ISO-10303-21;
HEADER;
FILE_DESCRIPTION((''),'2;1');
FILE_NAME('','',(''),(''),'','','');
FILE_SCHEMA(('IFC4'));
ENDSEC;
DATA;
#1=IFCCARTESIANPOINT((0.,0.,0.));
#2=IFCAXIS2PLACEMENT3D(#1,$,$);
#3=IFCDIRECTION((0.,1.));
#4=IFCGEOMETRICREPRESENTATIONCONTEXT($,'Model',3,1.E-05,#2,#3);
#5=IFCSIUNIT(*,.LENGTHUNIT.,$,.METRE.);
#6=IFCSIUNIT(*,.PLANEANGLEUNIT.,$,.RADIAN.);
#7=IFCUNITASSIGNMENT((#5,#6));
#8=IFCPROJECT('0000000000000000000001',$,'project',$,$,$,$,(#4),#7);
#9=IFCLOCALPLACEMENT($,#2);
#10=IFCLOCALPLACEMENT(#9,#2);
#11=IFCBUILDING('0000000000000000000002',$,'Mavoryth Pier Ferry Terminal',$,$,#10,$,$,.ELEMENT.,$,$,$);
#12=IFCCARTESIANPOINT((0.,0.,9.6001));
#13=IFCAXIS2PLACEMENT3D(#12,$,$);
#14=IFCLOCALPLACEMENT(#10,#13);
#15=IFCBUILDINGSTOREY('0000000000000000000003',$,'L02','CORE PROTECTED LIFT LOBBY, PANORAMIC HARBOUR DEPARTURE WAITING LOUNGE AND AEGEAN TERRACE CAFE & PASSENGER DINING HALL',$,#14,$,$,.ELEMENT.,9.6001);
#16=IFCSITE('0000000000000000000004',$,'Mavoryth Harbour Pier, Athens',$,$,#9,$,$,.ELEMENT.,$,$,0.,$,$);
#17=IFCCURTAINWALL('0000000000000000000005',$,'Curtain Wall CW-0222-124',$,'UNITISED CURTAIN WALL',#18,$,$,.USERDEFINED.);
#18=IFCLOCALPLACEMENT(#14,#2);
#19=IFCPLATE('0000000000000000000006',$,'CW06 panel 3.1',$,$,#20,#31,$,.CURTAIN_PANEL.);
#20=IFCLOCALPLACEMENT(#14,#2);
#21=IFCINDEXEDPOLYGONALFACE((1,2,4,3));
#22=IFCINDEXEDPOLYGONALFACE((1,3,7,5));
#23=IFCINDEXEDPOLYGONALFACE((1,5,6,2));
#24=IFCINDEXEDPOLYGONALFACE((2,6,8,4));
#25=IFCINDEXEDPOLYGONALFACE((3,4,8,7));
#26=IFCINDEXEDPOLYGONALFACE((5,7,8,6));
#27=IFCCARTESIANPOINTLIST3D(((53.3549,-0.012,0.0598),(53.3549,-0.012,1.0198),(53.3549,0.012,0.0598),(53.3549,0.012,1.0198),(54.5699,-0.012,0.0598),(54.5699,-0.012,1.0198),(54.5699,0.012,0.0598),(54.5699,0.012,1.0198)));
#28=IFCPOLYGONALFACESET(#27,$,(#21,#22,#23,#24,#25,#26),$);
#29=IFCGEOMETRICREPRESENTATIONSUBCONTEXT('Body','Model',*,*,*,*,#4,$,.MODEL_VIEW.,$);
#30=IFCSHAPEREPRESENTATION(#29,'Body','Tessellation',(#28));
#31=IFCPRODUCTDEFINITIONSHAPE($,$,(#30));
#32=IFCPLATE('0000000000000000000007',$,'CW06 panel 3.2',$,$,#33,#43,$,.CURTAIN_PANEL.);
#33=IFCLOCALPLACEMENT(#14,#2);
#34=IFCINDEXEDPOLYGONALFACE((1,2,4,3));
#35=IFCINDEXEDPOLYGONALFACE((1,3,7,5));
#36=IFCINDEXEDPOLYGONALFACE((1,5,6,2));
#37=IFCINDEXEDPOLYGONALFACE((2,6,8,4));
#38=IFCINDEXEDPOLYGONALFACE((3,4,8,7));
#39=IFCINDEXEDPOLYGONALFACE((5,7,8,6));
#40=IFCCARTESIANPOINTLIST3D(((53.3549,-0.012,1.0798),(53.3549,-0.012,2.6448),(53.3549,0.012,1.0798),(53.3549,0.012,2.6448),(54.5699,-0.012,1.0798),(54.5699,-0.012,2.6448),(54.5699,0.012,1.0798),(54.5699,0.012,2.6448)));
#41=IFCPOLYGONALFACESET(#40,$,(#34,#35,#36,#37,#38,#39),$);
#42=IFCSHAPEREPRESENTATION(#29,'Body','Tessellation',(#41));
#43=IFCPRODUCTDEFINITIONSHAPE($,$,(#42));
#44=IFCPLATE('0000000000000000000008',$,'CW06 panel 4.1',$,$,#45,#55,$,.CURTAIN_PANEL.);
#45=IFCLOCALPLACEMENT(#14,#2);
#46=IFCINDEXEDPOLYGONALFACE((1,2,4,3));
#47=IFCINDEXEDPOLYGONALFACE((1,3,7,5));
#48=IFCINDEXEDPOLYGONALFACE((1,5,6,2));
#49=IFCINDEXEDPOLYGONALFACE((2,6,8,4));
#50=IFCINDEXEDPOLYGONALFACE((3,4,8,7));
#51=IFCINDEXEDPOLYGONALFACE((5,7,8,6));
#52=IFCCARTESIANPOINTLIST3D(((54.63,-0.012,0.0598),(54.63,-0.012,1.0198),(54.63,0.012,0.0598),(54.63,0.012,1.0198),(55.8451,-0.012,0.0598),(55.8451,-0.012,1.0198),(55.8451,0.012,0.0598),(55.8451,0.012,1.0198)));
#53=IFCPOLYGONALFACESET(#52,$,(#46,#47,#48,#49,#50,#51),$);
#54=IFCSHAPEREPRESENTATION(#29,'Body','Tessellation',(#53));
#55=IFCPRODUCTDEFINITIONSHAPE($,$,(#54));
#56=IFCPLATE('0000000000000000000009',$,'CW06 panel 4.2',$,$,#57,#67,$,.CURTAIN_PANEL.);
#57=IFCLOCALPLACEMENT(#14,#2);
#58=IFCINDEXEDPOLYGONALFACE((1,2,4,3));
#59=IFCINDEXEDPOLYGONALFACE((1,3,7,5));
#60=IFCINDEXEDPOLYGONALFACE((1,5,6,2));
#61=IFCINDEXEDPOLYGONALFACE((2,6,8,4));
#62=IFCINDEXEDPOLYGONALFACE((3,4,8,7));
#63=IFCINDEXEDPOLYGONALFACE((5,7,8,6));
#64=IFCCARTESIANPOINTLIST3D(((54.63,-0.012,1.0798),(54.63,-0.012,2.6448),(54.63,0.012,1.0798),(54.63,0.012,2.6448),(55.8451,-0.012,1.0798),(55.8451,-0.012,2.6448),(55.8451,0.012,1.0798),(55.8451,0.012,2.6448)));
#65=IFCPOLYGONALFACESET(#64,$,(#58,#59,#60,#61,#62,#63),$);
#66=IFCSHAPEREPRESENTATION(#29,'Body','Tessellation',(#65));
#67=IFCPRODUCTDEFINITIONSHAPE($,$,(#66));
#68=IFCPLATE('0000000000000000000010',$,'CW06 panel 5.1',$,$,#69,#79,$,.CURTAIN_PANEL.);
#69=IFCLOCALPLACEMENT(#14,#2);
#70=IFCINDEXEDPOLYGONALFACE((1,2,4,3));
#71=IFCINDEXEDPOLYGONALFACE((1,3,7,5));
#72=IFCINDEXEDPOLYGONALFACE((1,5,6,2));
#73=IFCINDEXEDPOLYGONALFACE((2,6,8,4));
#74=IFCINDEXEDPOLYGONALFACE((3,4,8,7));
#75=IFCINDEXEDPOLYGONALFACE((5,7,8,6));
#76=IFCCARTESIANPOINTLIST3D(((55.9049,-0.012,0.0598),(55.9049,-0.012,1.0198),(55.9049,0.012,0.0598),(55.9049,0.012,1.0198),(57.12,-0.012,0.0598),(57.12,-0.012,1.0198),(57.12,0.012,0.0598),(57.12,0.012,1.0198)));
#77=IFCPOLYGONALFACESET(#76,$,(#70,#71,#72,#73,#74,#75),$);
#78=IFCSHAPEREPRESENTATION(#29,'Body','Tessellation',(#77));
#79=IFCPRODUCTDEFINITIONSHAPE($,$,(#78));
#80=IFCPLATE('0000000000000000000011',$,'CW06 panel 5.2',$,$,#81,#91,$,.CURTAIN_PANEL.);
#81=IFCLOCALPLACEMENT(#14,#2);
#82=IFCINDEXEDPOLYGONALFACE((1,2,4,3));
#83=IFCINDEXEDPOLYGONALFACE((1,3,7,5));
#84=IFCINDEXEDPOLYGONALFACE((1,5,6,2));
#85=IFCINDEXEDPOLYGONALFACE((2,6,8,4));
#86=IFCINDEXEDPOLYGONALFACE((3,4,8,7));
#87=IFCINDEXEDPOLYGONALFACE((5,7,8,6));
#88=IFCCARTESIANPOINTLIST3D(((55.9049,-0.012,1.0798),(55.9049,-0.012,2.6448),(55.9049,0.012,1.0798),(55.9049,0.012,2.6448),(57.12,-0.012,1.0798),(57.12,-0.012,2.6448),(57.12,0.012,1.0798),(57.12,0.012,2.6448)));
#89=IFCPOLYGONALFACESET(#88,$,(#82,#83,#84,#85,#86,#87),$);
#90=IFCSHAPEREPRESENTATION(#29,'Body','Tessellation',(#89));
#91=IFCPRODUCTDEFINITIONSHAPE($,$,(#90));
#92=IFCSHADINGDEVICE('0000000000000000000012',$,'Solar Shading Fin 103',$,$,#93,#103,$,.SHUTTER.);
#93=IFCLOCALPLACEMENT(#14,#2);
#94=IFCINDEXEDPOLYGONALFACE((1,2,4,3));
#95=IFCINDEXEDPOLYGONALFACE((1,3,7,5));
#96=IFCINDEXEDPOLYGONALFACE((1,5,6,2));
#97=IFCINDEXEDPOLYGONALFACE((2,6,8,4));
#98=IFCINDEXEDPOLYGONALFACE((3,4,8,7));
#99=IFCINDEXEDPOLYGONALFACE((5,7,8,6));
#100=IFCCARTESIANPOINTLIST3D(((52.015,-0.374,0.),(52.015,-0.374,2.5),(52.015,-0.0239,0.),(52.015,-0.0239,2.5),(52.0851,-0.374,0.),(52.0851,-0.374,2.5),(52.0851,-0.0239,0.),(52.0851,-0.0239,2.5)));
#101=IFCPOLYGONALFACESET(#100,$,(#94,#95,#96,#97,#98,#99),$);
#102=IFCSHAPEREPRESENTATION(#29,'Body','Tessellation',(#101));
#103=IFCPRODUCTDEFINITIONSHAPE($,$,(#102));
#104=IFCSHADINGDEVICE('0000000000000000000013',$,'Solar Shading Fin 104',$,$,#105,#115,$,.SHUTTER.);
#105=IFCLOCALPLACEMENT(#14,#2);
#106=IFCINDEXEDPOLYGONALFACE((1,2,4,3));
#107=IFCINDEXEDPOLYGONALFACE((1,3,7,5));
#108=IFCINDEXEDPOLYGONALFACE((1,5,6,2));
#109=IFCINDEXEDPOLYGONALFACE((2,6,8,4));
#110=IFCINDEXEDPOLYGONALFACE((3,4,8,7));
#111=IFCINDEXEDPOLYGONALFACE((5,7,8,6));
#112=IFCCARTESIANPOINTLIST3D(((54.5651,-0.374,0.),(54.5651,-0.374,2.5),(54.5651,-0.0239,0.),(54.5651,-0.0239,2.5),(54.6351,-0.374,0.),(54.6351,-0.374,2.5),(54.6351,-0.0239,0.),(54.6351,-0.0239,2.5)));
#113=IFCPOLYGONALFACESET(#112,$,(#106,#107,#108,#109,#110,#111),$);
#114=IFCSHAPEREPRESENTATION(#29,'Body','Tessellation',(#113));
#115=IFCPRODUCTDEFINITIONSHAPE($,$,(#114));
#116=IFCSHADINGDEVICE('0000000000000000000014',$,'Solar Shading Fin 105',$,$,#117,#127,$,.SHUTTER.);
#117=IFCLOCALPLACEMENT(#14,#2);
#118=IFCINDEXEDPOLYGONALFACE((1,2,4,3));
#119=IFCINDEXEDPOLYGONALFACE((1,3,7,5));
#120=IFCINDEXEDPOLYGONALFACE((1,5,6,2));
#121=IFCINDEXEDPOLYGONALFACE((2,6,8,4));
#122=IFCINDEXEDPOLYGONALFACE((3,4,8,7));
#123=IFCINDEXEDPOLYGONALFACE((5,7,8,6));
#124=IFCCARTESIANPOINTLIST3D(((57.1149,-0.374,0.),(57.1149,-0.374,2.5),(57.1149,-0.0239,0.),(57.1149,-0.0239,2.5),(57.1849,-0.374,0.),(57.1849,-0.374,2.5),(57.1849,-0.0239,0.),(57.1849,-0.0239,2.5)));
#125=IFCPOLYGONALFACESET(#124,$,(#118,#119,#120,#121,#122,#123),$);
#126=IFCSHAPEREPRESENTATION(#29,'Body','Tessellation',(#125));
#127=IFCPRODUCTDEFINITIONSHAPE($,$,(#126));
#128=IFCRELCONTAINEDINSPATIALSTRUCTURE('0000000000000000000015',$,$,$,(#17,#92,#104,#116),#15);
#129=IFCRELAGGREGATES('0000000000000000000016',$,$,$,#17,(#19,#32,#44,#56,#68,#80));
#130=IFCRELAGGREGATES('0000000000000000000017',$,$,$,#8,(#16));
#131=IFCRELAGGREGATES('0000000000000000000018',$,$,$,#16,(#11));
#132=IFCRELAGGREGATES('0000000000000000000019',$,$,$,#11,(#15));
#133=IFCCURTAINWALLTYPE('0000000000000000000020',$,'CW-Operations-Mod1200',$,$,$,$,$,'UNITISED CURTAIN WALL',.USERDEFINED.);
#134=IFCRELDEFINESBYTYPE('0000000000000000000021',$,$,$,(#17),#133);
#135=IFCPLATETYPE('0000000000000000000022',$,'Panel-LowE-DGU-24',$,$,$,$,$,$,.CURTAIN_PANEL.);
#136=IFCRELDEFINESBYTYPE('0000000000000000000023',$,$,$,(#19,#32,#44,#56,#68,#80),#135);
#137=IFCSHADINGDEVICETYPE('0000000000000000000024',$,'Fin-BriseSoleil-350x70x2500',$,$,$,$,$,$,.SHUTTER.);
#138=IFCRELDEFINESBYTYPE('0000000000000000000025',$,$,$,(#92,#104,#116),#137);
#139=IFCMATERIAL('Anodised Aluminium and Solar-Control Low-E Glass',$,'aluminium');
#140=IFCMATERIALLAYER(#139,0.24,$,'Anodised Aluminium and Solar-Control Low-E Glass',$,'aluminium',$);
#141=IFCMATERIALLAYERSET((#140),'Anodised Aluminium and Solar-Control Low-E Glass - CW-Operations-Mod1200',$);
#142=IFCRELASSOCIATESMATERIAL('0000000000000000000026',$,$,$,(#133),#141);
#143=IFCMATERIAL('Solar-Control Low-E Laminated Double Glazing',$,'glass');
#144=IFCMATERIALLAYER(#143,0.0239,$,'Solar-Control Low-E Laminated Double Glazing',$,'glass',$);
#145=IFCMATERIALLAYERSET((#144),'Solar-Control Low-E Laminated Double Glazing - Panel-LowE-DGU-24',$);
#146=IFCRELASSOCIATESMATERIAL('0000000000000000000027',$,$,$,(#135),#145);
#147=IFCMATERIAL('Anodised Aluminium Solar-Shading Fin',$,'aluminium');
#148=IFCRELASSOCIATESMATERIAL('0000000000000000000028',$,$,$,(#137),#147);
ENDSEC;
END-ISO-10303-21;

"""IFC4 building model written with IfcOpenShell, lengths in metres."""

from ifc_helpers import new_model, si_unit, direction, frame, origin, origin_2d, place, context, subcontext, project, spatial, rectangle, extrude, material, layer, layer_set, type_object, element, aggregate, save


model = new_model("IFC4")

# Units and contexts
model_context = context("Model", 3, precision=1e-05, world=origin(), true_north=direction((0.0, 1.0)))
body_context = subcontext(model_context, "Body", "Model", "MODEL_VIEW")
ifc_project = project(units=[si_unit("LENGTHUNIT", "METRE"), si_unit("PLANEANGLEUNIT", "RADIAN")], contexts=[model_context])

# Site, building, storey
site_placement = place(None, origin())
site = spatial("IfcSite", under=ifc_project, at=site_placement, Name="Mavoryth Harbour Pier, Athens", CompositionType="ELEMENT", RefElevation=0.0)
building_placement = place(site_placement, origin())
building = spatial("IfcBuilding", under=site, at=building_placement, Name="Mavoryth Pier Ferry Terminal", CompositionType="ELEMENT")
storey_placement = place(building_placement, frame((0.0, 0.0, 9.6001)))
storey = spatial("IfcBuildingStorey", under=building, at=storey_placement, Name="L02", Description="CORE PROTECTED LIFT LOBBY, PANORAMIC HARBOUR DEPARTURE WAITING LOUNGE AND AEGEAN TERRACE CAFE & PASSENGER DINING HALL", CompositionType="ELEMENT", Elevation=9.6001)

# Curtain wall
ifc_material_1 = material(Name="Anodised Aluminium and Solar-Control Low-E Glass", Category="aluminium")
ifc_layer_1 = layer(ifc_material_1, 0.24, Name="Anodised Aluminium and Solar-Control Low-E Glass", Category="aluminium")
ifc_layer_set_1 = layer_set([ifc_layer_1], Name="Anodised Aluminium and Solar-Control Low-E Glass - CW-Operations-Mod1200")
curtain_wall_type = type_object("IfcCurtainWallType", Name="CW-Operations-Mod1200", ElementType="UNITISED CURTAIN WALL", PredefinedType="USERDEFINED", material=ifc_layer_set_1)
curtain_wall_placement = place(storey_placement, origin())
curtain_wall = element("IfcCurtainWall", 1, at=curtain_wall_placement, inside=storey, type_object=curtain_wall_type, Name="Curtain Wall CW-0222-124", ObjectType="UNITISED CURTAIN WALL", PredefinedType="USERDEFINED")

# Plates
ifc_material_2 = material(Name="Solar-Control Low-E Laminated Double Glazing", Category="glass")
ifc_layer_2 = layer(ifc_material_2, 0.0239, Name="Solar-Control Low-E Laminated Double Glazing", Category="glass")
ifc_layer_set_2 = layer_set([ifc_layer_2], Name="Solar-Control Low-E Laminated Double Glazing - Panel-LowE-DGU-24")
plate_type = type_object("IfcPlateType", Name="Panel-LowE-DGU-24", PredefinedType="CURTAIN_PANEL", material=ifc_layer_set_2)
plate_1_placement = place(storey_placement, frame((53.9624, 0.0, 0.0598), z_axis=(0.0, 0.0, 1.0), x_axis=(1.0, 0.0, 0.0)))
plate_1 = element("IfcPlate", 2, at=plate_1_placement, type_object=plate_type, Name="CW06 panel 3.1", PredefinedType="CURTAIN_PANEL", context=body_context, shape_type="SweptSolid", body=[
    extrude(rectangle(XDim=1.2151, YDim=0.0239, at=origin_2d()), origin(), (0.0, 0.0, 1.0), 0.96),
])
plate_2_placement = place(storey_placement, frame((53.9624, 0.0, 1.0798), z_axis=(0.0, 0.0, 1.0), x_axis=(1.0, 0.0, 0.0)))
plate_2 = element("IfcPlate", 3, at=plate_2_placement, type_object=plate_type, Name="CW06 panel 3.2", PredefinedType="CURTAIN_PANEL", context=body_context, shape_type="SweptSolid", body=[
    extrude(rectangle(XDim=1.2151, YDim=0.0239, at=origin_2d()), origin(), (0.0, 0.0, 1.0), 1.5649),
])
plate_3_placement = place(storey_placement, frame((55.2375, 0.0, 0.0598), z_axis=(0.0, 0.0, 1.0), x_axis=(1.0, 0.0, 0.0)))
plate_3 = element("IfcPlate", 4, at=plate_3_placement, type_object=plate_type, Name="CW06 panel 4.1", PredefinedType="CURTAIN_PANEL", context=body_context, shape_type="SweptSolid", body=[
    extrude(rectangle(XDim=1.2151, YDim=0.0239, at=origin_2d()), origin(), (0.0, 0.0, 1.0), 0.96),
])
plate_4_placement = place(storey_placement, frame((55.2375, 0.0, 1.0798), z_axis=(0.0, 0.0, 1.0), x_axis=(1.0, 0.0, 0.0)))
plate_4 = element("IfcPlate", 5, at=plate_4_placement, type_object=plate_type, Name="CW06 panel 4.2", PredefinedType="CURTAIN_PANEL", context=body_context, shape_type="SweptSolid", body=[
    extrude(rectangle(XDim=1.2151, YDim=0.0239, at=origin_2d()), origin(), (0.0, 0.0, 1.0), 1.5649),
])
plate_5_placement = place(storey_placement, frame((56.5125, 0.0, 0.0598), z_axis=(0.0, 0.0, 1.0), x_axis=(1.0, 0.0, 0.0)))
plate_5 = element("IfcPlate", 6, at=plate_5_placement, type_object=plate_type, Name="CW06 panel 5.1", PredefinedType="CURTAIN_PANEL", context=body_context, shape_type="SweptSolid", body=[
    extrude(rectangle(XDim=1.2151, YDim=0.0239, at=origin_2d()), origin(), (0.0, 0.0, 1.0), 0.96),
])
plate_6_placement = place(storey_placement, frame((56.5125, 0.0, 1.0798), z_axis=(0.0, 0.0, 1.0), x_axis=(1.0, 0.0, 0.0)))
plate_6 = element("IfcPlate", 7, at=plate_6_placement, type_object=plate_type, Name="CW06 panel 5.2", PredefinedType="CURTAIN_PANEL", context=body_context, shape_type="SweptSolid", body=[
    extrude(rectangle(XDim=1.2151, YDim=0.0239, at=origin_2d()), origin(), (0.0, 0.0, 1.0), 1.5649),
])
aggregate(curtain_wall, [plate_1, plate_2, plate_3, plate_4, plate_5, plate_6])

# Shading devices
ifc_material_3 = material(Name="Anodised Aluminium Solar-Shading Fin", Category="aluminium")
shading_device_type = type_object("IfcShadingDeviceType", Name="Fin-BriseSoleil-350x70x2500", PredefinedType="SHUTTER", material=ifc_material_3)
for number, where, z_axis, x_axis, name in (
    (8, (52.05, -0.199, 0.0), (0.0, 0.0, 1.0), (1.0, 0.0, 0.0), "Solar Shading Fin 103"),
    (9, (54.6001, -0.199, 0.0), (0.0, 0.0, 1.0), (1.0, 0.0, 0.0), "Solar Shading Fin 104"),
    (10, (57.1499, -0.199, 0.0), (0.0, 0.0, 1.0), (1.0, 0.0, 0.0), "Solar Shading Fin 105"),
):
    element("IfcShadingDevice", number, at=place(storey_placement, frame(where, z_axis=z_axis, x_axis=x_axis)), inside=storey, type_object=shading_device_type, Name=name, PredefinedType="SHUTTER", context=body_context, shape_type="SweptSolid", body=[
        extrude(rectangle(XDim=0.0701, YDim=0.3501, at=origin_2d()), origin(), (0.0, 0.0, 1.0), 2.5),
    ])

save(model, "model.ifc")
